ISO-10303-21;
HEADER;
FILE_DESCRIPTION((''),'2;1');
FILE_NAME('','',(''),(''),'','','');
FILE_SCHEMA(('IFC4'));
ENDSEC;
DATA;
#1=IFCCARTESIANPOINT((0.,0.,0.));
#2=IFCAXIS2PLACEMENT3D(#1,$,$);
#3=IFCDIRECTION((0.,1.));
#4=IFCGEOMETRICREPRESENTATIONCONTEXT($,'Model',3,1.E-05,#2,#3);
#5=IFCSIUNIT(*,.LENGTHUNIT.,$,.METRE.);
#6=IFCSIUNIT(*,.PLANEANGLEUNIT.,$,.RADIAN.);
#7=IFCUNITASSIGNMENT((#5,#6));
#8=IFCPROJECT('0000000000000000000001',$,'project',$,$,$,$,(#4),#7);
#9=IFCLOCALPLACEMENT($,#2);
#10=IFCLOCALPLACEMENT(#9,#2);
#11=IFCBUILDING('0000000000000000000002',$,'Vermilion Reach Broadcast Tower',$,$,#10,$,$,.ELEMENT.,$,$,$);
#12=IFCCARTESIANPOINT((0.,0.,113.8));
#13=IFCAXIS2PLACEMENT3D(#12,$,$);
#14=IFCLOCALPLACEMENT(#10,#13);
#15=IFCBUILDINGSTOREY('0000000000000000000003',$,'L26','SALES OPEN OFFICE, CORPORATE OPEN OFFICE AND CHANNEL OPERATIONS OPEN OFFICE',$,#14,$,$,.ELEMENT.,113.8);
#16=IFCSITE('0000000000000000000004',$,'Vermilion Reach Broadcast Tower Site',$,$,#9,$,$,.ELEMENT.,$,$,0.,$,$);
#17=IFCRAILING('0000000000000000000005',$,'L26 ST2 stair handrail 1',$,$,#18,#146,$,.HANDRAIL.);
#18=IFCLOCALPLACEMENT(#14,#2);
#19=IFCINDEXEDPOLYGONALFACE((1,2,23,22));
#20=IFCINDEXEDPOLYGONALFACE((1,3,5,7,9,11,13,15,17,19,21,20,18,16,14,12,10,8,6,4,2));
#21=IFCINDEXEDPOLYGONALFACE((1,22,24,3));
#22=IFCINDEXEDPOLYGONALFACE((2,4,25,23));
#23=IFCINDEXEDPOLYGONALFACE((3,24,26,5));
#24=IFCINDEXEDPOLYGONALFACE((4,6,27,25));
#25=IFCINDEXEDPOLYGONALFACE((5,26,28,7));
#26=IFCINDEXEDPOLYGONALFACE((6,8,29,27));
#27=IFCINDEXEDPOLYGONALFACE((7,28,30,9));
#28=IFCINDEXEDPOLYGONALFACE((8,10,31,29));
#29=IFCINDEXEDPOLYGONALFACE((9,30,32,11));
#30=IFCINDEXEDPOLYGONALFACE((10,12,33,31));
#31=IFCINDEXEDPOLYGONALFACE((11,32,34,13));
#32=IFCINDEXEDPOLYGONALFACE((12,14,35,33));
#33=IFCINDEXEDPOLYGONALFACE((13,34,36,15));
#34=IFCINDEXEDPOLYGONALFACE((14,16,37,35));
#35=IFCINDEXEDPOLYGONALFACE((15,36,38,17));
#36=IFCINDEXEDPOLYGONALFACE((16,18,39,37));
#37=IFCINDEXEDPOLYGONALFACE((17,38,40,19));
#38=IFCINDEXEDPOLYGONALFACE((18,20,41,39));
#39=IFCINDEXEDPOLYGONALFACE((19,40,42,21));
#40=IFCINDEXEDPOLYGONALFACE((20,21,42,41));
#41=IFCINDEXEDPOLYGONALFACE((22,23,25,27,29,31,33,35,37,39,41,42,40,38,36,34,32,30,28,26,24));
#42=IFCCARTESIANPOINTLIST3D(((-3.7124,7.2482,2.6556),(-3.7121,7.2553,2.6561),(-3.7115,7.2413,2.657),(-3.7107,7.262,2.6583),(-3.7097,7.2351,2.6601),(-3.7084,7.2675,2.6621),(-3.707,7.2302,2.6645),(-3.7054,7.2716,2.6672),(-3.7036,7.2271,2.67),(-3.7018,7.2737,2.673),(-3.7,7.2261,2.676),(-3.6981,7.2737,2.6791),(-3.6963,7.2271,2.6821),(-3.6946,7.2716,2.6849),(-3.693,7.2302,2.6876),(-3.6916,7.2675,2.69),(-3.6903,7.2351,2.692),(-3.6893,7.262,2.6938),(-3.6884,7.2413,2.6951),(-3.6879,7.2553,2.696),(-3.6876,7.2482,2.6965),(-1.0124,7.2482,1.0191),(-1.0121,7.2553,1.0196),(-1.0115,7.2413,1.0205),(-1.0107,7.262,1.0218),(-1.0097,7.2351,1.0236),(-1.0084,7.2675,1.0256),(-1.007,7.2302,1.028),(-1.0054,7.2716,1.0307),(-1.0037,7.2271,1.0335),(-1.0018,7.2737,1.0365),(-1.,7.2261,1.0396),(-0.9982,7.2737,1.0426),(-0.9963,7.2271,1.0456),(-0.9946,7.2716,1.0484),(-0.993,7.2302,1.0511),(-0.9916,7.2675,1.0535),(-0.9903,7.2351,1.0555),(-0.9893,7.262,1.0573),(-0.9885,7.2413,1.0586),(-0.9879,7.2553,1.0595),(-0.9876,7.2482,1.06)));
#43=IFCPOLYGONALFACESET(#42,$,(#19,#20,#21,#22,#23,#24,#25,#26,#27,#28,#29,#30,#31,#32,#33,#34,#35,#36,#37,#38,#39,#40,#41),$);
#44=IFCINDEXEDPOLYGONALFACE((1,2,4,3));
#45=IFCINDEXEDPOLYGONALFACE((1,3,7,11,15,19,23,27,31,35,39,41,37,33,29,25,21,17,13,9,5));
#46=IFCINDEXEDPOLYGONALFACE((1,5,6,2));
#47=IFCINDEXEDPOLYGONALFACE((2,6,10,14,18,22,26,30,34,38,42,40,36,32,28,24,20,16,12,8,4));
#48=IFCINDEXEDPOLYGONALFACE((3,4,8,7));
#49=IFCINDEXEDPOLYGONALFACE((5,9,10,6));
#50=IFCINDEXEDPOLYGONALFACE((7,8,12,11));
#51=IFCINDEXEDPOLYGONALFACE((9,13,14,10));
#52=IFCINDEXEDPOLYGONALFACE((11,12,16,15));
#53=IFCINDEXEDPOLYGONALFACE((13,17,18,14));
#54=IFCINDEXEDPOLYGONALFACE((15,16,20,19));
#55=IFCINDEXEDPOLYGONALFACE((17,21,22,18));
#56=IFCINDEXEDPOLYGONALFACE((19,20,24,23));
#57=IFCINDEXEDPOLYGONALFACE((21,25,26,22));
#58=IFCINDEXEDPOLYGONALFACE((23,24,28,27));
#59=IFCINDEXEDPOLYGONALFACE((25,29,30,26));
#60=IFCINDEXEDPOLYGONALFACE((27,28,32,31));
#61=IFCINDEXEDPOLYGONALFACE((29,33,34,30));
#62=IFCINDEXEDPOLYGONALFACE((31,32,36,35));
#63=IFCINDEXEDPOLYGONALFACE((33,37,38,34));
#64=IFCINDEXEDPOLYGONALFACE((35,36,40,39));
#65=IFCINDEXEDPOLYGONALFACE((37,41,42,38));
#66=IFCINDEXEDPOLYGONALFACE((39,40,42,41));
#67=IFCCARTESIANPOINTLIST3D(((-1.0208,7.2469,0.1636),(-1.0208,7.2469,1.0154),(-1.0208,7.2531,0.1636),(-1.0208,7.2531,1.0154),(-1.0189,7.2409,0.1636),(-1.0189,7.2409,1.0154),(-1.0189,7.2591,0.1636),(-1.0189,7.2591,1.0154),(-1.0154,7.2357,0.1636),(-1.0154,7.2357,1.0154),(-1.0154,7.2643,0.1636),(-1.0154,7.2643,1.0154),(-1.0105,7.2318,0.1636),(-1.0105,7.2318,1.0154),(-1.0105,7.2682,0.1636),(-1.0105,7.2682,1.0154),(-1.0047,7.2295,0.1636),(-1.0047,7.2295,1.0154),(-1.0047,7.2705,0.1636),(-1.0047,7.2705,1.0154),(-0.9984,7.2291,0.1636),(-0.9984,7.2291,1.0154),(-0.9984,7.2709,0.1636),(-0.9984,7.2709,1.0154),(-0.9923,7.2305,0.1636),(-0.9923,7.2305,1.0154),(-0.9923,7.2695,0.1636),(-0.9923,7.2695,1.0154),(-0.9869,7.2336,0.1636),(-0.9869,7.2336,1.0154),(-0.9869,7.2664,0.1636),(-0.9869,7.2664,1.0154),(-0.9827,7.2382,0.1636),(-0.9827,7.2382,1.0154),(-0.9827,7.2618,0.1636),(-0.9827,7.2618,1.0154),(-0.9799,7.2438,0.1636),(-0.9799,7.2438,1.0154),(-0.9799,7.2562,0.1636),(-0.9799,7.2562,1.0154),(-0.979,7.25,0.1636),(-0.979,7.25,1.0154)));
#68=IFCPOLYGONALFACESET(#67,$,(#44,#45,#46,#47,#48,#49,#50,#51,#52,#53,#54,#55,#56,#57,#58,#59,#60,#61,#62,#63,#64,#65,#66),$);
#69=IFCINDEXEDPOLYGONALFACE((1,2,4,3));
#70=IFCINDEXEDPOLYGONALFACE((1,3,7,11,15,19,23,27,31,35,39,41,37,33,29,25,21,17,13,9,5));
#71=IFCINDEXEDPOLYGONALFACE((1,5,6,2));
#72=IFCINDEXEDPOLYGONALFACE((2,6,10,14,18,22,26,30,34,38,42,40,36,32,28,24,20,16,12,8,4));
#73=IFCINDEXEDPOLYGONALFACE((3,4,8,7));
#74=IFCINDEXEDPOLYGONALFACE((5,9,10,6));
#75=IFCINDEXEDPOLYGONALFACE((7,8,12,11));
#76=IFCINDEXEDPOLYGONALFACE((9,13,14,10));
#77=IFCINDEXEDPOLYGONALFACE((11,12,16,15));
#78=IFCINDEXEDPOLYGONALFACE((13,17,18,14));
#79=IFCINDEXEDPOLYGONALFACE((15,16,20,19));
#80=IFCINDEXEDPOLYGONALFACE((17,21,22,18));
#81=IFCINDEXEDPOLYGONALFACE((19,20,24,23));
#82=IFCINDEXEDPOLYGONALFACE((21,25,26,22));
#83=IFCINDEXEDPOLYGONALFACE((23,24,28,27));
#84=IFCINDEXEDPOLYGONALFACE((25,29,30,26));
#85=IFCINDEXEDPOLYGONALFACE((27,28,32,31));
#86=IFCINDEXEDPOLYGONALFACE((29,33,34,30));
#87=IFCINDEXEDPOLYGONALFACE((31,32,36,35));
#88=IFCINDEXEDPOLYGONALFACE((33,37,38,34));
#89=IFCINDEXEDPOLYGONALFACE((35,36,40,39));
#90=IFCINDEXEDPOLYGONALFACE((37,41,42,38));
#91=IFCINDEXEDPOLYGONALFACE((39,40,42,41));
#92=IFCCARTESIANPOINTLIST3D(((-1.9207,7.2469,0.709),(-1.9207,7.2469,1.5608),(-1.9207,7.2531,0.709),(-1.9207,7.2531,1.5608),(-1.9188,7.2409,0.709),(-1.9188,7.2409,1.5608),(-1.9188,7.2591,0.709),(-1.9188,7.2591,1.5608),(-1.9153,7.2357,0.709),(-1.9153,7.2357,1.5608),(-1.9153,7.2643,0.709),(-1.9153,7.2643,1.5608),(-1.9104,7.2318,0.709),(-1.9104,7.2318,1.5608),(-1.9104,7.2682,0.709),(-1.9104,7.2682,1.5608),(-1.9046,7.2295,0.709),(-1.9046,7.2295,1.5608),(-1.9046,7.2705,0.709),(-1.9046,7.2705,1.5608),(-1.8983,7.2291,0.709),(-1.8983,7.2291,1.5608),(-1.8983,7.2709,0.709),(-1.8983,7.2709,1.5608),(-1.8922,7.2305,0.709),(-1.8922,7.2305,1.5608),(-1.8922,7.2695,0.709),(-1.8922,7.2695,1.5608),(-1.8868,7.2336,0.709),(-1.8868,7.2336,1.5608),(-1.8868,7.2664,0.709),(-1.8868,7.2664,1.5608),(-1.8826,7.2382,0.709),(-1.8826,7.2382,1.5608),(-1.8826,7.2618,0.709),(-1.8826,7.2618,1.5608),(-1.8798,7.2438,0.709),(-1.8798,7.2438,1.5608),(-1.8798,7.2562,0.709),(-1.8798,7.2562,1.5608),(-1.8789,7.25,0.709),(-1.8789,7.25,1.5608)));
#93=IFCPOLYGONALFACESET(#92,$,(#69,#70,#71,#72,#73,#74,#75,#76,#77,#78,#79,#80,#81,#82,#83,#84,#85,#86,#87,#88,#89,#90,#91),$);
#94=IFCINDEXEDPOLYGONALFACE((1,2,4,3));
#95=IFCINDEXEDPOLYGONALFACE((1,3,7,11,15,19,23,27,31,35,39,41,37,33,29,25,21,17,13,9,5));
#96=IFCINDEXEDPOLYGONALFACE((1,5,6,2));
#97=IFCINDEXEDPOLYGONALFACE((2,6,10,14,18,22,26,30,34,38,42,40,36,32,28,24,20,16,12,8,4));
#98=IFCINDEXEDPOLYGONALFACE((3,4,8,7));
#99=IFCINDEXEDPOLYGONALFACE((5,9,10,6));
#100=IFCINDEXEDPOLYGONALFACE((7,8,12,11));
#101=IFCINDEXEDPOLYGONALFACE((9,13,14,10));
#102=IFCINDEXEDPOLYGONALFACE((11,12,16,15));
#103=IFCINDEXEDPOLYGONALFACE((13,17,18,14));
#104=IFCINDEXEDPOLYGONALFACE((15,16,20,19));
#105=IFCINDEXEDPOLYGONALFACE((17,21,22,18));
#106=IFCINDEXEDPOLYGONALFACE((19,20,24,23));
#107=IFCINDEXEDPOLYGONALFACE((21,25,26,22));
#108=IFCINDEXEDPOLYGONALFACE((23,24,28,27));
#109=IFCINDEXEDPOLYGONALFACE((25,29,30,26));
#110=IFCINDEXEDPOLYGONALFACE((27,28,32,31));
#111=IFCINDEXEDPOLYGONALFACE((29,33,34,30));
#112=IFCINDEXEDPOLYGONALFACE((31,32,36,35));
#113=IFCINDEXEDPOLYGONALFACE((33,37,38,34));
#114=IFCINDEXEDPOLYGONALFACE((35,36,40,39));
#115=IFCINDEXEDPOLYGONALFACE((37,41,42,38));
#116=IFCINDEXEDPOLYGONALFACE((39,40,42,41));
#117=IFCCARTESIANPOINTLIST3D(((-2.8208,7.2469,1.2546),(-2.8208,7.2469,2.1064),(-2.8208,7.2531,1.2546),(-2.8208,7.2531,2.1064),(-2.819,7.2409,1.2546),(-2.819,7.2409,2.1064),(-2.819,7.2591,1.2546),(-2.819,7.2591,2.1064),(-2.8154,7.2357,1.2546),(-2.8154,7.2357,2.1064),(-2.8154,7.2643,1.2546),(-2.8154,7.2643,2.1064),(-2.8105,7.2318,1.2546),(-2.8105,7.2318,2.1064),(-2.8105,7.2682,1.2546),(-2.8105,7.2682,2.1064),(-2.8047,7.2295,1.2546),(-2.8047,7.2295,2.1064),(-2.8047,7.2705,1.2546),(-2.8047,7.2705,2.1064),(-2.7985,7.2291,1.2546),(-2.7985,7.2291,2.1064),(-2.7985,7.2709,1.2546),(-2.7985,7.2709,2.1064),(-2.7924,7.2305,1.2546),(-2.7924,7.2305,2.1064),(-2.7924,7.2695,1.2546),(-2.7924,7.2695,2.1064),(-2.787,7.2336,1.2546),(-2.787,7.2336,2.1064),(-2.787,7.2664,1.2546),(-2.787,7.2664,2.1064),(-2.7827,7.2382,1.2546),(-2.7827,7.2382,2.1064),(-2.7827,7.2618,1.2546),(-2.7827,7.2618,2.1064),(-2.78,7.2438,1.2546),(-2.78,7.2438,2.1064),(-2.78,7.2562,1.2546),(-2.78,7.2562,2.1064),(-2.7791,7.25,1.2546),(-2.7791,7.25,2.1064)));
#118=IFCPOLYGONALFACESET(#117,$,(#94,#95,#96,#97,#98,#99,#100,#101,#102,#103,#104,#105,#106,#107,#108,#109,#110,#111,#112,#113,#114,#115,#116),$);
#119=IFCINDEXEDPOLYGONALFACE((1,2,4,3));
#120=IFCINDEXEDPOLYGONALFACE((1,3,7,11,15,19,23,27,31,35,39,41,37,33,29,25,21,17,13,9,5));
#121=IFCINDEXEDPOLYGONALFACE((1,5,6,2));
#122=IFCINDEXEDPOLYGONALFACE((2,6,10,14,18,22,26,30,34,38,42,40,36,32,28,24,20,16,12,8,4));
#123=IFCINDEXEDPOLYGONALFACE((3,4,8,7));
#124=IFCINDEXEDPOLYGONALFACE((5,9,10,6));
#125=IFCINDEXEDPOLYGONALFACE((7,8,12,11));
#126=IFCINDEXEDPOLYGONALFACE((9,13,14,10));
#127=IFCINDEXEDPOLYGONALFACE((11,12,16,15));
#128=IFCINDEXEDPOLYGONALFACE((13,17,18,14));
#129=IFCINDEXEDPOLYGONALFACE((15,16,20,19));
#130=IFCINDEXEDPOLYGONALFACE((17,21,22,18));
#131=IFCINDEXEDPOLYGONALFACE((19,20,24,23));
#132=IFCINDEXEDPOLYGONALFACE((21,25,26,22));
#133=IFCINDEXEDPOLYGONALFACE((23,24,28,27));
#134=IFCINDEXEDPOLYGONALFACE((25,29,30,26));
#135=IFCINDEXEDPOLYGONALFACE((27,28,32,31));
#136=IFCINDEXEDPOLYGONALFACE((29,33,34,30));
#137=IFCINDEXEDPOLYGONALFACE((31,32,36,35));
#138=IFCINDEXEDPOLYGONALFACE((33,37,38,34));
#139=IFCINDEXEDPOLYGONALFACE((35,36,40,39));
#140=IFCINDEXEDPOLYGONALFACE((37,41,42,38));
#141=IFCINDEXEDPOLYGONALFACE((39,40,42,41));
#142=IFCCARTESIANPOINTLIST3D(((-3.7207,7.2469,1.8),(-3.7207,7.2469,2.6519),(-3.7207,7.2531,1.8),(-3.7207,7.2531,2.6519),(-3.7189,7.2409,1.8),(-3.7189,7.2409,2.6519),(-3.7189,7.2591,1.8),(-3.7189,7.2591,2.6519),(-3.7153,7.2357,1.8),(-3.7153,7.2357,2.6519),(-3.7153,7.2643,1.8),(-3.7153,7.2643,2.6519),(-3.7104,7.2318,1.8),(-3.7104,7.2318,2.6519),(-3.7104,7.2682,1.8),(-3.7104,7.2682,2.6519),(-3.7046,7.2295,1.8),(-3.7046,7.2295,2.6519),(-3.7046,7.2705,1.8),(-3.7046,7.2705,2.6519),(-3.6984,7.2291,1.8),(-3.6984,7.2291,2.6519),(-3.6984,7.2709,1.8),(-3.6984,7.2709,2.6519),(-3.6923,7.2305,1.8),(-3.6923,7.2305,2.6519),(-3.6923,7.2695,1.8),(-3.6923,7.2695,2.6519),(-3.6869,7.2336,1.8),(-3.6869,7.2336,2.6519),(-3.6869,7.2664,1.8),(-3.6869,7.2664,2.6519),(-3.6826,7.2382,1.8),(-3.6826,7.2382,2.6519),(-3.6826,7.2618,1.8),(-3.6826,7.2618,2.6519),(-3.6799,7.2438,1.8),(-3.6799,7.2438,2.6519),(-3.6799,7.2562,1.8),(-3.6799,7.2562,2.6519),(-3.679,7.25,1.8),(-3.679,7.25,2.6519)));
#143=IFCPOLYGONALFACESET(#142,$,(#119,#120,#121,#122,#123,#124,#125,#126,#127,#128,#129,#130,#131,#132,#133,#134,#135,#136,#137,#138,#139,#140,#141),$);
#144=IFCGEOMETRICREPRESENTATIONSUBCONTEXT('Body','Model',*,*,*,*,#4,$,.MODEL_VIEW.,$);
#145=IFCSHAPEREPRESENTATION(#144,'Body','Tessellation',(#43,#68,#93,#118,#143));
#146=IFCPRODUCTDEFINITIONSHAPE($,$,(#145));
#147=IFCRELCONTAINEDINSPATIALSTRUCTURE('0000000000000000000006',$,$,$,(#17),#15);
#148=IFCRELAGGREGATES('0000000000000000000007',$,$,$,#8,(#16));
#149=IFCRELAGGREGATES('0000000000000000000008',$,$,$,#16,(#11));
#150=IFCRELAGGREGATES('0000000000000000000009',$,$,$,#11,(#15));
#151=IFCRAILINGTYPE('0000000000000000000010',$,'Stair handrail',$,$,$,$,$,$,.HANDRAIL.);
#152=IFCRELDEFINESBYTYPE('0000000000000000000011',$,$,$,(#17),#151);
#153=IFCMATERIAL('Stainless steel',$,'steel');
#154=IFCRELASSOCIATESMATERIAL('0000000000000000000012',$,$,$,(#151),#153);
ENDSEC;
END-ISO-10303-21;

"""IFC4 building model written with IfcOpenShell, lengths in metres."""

from ifc_helpers import new_model, si_unit, direction, frame, origin, origin_2d, place, context, subcontext, project, spatial, circle, extrude, material, type_object, element, save


model = new_model("IFC4")

# Units and contexts
model_context = context("Model", 3, precision=1e-05, world=origin(), true_north=direction((0.0, 1.0)))
body_context = subcontext(model_context, "Body", "Model", "MODEL_VIEW")
ifc_project = project(units=[si_unit("LENGTHUNIT", "METRE"), si_unit("PLANEANGLEUNIT", "RADIAN")], contexts=[model_context])

# Site, building, storey
site_placement = place(None, origin())
site = spatial("IfcSite", under=ifc_project, at=site_placement, Name="Vermilion Reach Broadcast Tower Site", CompositionType="ELEMENT", RefElevation=0.0)
building_placement = place(site_placement, origin())
building = spatial("IfcBuilding", under=site, at=building_placement, Name="Vermilion Reach Broadcast Tower", CompositionType="ELEMENT")
storey_placement = place(building_placement, frame((0.0, 0.0, 113.8)))
storey = spatial("IfcBuildingStorey", under=building, at=storey_placement, Name="L26", Description="SALES OPEN OFFICE, CORPORATE OPEN OFFICE AND CHANNEL OPERATIONS OPEN OFFICE", CompositionType="ELEMENT", Elevation=113.8)

# Railing
ifc_material_1 = material(Name="Stainless steel", Category="steel")
railing_type_1 = type_object("IfcRailingType", Name="Stair handrail", PredefinedType="HANDRAIL", material=ifc_material_1)
railing_1_placement = place(storey_placement, frame((-1.0, 7.25, 0.1636)))
element("IfcRailing", 1, at=railing_1_placement, inside=storey, type_object=railing_type_1, Name="L26 ST2 stair handrail 1", PredefinedType="HANDRAIL", context=body_context, shape_type="SweptSolid", body=[
    extrude(circle(Radius=0.0239, at=origin_2d()), frame((0.0, 0.0, 0.876), z_axis=(-0.855178, 0.0, 0.518334), x_axis=(0.0, -1.0, 0.0)), (0.0, 0.0, 1.0), 3.1572),
    extrude(circle(Radius=0.021, at=origin_2d()), origin(), (0.0, 0.0, 1.0), 0.8518),
    extrude(circle(Radius=0.021, at=origin_2d()), frame((-0.8999, 0.0, 0.5454)), (0.0, 0.0, 1.0), 0.8518),
    extrude(circle(Radius=0.021, at=origin_2d()), frame((-1.8, 0.0, 1.0911)), (0.0, 0.0, 1.0), 0.8518),
    extrude(circle(Radius=0.021, at=origin_2d()), frame((-2.7, 0.0, 1.6365)), (0.0, 0.0, 1.0), 0.8518),
])

save(model, "model.ifc")
